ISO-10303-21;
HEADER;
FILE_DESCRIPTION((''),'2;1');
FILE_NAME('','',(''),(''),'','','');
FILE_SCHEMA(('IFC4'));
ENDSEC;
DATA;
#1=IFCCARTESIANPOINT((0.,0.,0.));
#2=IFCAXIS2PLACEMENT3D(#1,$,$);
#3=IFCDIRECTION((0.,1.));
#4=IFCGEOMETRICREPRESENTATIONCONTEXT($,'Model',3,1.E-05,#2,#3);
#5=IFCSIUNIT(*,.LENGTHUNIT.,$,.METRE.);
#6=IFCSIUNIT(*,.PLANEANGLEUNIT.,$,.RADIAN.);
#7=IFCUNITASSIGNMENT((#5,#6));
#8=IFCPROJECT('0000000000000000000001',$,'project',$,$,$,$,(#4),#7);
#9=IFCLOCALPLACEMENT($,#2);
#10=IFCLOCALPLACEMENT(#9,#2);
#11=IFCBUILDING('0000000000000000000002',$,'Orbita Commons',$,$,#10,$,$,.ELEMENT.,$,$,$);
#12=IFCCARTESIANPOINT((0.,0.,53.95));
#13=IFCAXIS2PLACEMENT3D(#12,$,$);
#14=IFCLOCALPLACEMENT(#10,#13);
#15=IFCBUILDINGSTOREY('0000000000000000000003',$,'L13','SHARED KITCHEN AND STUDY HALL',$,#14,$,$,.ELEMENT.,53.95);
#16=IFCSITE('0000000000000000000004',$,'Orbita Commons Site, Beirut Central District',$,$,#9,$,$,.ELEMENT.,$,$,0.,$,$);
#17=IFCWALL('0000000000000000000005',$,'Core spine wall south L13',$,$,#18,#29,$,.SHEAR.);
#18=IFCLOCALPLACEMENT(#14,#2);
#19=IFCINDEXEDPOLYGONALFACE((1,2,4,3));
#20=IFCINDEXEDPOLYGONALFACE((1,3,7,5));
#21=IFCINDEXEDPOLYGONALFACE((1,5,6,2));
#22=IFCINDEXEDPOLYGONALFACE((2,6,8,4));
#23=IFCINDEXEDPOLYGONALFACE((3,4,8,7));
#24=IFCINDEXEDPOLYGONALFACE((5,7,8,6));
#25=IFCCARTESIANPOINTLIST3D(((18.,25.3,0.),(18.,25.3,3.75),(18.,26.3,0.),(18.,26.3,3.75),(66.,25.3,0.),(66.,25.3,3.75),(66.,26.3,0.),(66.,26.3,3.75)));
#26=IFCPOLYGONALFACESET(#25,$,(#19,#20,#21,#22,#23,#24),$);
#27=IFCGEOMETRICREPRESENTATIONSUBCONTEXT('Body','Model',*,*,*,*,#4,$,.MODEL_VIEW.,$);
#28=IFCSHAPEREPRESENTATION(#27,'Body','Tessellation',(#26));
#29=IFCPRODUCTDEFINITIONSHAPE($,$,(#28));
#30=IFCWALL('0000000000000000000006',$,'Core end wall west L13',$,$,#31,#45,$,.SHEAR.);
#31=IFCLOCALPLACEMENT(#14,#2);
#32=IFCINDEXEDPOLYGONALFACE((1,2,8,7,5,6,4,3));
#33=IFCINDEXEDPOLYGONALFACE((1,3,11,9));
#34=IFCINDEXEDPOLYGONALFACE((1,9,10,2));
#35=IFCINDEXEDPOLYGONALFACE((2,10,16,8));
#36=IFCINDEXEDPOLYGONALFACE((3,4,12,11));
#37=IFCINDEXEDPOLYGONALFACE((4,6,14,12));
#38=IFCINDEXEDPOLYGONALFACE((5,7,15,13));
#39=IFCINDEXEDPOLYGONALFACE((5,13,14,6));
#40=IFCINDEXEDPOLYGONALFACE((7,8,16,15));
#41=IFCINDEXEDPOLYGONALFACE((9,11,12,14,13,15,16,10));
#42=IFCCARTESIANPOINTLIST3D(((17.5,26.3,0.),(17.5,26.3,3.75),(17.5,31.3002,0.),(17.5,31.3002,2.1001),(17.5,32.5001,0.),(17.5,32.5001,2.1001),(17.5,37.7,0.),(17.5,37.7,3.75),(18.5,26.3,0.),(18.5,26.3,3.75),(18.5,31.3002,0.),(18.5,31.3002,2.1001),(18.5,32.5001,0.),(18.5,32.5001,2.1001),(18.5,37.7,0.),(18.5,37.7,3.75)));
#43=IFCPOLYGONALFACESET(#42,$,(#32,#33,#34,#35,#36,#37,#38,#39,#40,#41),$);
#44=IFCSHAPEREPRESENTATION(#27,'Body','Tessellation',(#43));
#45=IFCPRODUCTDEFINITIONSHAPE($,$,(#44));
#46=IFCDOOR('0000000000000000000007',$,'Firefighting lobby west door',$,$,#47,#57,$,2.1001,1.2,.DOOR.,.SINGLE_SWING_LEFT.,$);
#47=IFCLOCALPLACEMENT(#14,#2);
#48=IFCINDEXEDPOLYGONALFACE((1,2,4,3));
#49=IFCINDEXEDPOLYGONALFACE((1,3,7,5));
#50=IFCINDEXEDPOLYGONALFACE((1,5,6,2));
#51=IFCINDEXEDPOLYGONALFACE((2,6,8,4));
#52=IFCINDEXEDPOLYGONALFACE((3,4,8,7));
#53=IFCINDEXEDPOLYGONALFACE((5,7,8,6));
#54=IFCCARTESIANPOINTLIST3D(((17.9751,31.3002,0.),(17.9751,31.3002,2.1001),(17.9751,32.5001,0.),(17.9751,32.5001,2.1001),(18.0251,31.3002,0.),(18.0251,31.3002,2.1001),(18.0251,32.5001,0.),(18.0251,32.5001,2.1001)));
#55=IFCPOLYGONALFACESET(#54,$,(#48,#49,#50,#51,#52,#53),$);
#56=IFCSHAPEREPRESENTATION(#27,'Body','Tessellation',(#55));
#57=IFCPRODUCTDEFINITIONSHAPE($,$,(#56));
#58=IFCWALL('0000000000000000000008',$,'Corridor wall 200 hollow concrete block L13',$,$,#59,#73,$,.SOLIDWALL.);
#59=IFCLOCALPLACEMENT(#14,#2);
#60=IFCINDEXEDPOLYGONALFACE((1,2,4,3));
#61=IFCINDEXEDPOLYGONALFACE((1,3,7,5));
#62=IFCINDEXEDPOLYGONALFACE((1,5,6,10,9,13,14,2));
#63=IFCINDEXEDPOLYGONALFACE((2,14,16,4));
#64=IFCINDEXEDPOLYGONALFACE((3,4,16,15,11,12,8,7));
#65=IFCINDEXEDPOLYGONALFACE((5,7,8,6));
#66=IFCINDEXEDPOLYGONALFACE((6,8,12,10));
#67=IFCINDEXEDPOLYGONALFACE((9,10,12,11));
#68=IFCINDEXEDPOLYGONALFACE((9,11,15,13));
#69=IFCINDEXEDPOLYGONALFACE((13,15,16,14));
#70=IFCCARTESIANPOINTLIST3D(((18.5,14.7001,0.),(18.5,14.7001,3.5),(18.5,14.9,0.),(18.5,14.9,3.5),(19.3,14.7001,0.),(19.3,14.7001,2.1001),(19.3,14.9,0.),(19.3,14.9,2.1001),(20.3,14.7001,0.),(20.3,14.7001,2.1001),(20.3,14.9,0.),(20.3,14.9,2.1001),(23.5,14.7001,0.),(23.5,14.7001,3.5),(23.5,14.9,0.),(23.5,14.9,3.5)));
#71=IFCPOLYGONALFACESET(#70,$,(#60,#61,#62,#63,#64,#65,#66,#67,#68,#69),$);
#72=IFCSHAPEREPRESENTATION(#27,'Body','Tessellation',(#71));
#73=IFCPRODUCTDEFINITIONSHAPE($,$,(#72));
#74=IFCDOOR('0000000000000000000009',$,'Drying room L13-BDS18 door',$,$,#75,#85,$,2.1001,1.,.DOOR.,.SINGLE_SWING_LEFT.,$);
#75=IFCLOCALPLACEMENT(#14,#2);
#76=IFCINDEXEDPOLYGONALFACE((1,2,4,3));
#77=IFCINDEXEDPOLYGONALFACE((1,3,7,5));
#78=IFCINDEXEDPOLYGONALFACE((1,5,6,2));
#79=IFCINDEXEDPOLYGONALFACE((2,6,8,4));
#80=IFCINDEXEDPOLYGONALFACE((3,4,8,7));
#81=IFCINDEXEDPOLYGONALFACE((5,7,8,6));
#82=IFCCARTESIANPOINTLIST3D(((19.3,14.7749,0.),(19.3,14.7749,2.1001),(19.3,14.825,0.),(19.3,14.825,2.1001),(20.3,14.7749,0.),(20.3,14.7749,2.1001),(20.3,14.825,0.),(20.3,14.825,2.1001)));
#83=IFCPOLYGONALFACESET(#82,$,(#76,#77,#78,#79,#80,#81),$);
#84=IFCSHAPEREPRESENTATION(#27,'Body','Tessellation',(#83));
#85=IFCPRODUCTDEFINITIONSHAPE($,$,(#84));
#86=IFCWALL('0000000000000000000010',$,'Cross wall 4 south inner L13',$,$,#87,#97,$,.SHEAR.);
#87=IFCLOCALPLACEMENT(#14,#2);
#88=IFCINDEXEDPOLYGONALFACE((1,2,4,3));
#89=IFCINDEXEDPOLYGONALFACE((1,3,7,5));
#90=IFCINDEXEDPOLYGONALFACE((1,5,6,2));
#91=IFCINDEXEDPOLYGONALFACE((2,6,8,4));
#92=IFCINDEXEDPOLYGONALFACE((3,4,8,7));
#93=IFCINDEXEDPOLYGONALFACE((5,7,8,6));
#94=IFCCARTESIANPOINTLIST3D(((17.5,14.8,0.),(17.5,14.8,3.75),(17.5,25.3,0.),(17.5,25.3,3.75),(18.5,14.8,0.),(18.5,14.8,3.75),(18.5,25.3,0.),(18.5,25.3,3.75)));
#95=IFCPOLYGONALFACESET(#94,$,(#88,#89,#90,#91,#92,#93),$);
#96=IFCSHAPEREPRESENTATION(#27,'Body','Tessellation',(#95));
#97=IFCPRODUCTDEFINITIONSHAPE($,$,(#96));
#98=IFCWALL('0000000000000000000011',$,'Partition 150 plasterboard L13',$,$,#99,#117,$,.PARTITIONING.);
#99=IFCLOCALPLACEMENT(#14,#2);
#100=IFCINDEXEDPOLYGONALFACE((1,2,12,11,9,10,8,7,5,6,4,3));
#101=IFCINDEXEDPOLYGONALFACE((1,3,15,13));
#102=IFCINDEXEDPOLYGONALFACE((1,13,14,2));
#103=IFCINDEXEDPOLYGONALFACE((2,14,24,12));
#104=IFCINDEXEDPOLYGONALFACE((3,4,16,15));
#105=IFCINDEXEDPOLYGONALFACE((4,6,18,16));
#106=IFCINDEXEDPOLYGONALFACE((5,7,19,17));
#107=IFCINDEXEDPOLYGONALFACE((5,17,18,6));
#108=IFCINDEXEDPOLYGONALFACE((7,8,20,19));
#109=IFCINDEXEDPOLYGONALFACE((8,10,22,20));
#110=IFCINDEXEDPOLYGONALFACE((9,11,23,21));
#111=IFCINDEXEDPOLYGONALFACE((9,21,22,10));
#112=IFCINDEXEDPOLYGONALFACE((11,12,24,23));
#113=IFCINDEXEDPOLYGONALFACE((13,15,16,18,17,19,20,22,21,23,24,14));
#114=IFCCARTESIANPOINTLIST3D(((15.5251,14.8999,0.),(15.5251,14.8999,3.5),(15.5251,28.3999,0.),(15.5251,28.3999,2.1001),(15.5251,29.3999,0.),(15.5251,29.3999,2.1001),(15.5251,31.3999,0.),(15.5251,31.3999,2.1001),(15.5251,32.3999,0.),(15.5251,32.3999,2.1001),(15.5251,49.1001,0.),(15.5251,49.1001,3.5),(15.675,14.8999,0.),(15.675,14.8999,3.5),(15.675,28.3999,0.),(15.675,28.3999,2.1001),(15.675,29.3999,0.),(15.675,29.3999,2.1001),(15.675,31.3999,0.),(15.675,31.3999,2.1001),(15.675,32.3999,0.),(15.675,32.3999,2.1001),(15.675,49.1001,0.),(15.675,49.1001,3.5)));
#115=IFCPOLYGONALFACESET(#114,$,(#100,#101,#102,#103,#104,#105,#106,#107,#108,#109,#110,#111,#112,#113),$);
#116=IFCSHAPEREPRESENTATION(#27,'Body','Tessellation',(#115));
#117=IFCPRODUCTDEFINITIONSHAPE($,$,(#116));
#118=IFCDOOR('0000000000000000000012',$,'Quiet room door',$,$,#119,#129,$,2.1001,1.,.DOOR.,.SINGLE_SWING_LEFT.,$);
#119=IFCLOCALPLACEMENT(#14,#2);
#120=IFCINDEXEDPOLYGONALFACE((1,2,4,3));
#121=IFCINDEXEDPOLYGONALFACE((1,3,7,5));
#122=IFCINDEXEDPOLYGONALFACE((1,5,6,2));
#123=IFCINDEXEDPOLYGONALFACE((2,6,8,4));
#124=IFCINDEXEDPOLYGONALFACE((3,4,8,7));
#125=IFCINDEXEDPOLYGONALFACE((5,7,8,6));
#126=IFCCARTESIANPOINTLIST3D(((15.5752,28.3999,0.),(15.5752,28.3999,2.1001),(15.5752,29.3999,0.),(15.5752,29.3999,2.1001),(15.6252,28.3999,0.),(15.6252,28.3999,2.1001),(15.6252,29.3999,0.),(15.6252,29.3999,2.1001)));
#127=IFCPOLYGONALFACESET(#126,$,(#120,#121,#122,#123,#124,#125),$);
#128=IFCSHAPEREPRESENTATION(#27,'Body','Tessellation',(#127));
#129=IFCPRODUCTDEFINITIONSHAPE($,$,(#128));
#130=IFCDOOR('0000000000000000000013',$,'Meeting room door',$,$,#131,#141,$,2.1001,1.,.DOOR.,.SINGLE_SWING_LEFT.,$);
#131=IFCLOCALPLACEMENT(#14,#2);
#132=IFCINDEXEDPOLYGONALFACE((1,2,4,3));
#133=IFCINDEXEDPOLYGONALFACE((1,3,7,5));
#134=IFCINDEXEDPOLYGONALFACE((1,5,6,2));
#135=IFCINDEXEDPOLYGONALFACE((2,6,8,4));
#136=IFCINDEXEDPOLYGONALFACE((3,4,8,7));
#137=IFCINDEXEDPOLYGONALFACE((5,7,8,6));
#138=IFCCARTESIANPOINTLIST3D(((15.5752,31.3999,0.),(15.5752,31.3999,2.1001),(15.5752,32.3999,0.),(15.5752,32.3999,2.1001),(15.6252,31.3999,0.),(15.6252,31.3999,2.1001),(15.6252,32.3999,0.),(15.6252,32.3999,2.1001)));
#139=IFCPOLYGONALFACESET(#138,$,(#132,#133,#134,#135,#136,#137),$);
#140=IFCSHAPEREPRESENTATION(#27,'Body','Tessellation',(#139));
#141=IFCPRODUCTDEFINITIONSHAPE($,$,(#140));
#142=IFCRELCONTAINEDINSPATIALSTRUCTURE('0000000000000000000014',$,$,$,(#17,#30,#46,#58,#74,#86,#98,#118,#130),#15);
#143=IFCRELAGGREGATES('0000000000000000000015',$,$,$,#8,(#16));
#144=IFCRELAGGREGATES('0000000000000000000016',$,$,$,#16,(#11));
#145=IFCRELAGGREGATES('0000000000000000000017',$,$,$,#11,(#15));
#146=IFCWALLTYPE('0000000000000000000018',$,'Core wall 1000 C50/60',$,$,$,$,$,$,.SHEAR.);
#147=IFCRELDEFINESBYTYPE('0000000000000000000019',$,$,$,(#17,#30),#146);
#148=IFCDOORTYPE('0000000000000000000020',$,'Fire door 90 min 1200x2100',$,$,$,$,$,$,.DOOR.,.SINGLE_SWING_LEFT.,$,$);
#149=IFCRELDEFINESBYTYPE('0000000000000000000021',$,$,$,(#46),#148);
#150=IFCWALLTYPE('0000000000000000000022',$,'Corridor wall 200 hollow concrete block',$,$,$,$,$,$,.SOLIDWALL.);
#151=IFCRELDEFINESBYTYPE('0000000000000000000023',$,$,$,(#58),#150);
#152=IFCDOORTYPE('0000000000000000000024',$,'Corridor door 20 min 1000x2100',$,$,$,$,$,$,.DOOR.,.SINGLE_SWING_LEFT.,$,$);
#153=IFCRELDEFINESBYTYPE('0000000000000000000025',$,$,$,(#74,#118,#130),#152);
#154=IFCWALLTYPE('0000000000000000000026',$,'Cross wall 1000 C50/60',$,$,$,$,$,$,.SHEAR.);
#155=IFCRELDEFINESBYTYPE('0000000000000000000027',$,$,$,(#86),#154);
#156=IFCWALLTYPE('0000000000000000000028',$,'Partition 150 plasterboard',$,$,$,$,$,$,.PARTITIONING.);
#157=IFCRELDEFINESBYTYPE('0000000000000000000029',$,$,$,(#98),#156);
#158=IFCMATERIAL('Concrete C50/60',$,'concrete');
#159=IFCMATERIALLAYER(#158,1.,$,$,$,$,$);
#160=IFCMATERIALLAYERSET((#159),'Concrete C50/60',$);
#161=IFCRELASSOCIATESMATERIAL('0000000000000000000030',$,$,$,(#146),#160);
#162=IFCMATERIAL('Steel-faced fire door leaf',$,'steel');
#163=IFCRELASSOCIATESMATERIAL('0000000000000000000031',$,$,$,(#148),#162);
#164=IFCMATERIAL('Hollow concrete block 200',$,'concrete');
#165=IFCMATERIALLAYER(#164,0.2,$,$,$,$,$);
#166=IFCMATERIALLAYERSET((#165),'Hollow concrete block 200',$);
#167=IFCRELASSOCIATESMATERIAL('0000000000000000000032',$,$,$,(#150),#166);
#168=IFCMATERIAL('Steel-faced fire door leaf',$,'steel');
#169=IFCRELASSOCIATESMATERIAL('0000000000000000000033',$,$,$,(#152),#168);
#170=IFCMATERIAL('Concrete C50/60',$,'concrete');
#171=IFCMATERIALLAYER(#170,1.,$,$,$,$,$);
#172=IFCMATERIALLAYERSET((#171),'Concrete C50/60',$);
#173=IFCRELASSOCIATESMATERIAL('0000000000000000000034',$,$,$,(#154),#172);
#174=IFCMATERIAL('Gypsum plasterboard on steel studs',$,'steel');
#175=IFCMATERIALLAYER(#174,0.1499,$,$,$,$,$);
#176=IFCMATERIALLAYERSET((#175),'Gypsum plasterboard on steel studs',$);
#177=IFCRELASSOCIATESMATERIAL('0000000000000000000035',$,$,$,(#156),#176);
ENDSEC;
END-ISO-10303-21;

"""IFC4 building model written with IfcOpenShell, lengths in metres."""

from ifc_helpers import new_model, si_unit, direction, frame, frame_2d, origin, place, context, subcontext, project, spatial, rectangle, extrude, material, layer, layer_set, type_object, element, fill, save


model = new_model("IFC4")

# Units and contexts
model_context = context("Model", 3, precision=1e-05, world=origin(), true_north=direction((0.0, 1.0)))
body_context = subcontext(model_context, "Body", "Model", "MODEL_VIEW")
ifc_project = project(units=[si_unit("LENGTHUNIT", "METRE"), si_unit("PLANEANGLEUNIT", "RADIAN")], contexts=[model_context])

# Site, building, storey
site_placement = place(None, origin())
site = spatial("IfcSite", under=ifc_project, at=site_placement, Name="Orbita Commons Site, Beirut Central District", CompositionType="ELEMENT", RefElevation=0.0)
building_placement = place(site_placement, origin())
building = spatial("IfcBuilding", under=site, at=building_placement, Name="Orbita Commons", CompositionType="ELEMENT")
storey_placement = place(building_placement, frame((0.0, 0.0, 53.95)))
storey = spatial("IfcBuildingStorey", under=building, at=storey_placement, Name="L13", Description="SHARED KITCHEN AND STUDY HALL", CompositionType="ELEMENT", Elevation=53.95)

# Wall
ifc_material_1 = material(Name="Concrete C50/60", Category="concrete")
ifc_layer_1 = layer(ifc_material_1, 1.0)
ifc_layer_set_1 = layer_set([ifc_layer_1], Name="Concrete C50/60")
wall_type_1 = type_object("IfcWallType", Name="Core wall 1000 C50/60", PredefinedType="SHEAR", material=ifc_layer_set_1)
wall_1_placement = place(storey_placement, frame((18.0, 25.8, 0.0), z_axis=(0.0, 0.0, 1.0), x_axis=(1.0, 0.0, 0.0)))
element("IfcWall", 1, at=wall_1_placement, inside=storey, type_object=wall_type_1, Name="Core spine wall south L13", PredefinedType="SHEAR", context=body_context, shape_type="SweptSolid", body=[
    extrude(rectangle(XDim=48.0, YDim=1.0, at=frame_2d((24.0, 0.0))), origin(), (0.0, 0.0, 1.0), 3.75),
])

# Walls, openings, doors
wall_2_placement = place(storey_placement, frame((18.0, 26.3, 0.0), z_axis=(0.0, 0.0, 1.0), x_axis=(0.0, 1.0, 0.0)))
wall_2 = element("IfcWall", 2, at=wall_2_placement, inside=storey, type_object=wall_type_1, Name="Core end wall west L13", PredefinedType="SHEAR", context=body_context, shape_type="SweptSolid", body=[
    extrude(rectangle(XDim=11.3999, YDim=1.0, at=frame_2d((5.7, 0.0))), origin(), (0.0, 0.0, 1.0), 3.75),
])
opening_1_placement = place(wall_2_placement, frame((5.0, 0.0, 0.0)))
opening_1 = element("IfcOpeningElement", 3, at=opening_1_placement, cuts=wall_2, PredefinedType="OPENING", context=body_context, shape_type="SweptSolid", body=[
    extrude(rectangle(XDim=1.2, YDim=2.1001, at=frame_2d((0.6001, 1.05))), frame((0.0, 0.51, 0.0), z_axis=(0.0, -1.0, 0.0), x_axis=(1.0, 0.0, 0.0)), (0.0, 0.0, 1.0), 1.02),
])
ifc_material_2 = material(Name="Steel-faced fire door leaf", Category="steel")
door_type_1 = type_object("IfcDoorType", Name="Fire door 90 min 1200x2100", OperationType="SINGLE_SWING_LEFT", PredefinedType="DOOR", material=ifc_material_2)
door_1_placement = place(opening_1_placement, origin())
door_1 = element("IfcDoor", 4, at=door_1_placement, inside=storey, type_object=door_type_1, Name="Firefighting lobby west door", OperationType="SINGLE_SWING_LEFT", OverallHeight=2.1001, OverallWidth=1.2, PredefinedType="DOOR", context=body_context, shape_type="SweptSolid", body=[
    extrude(rectangle(XDim=1.2, YDim=2.1001, at=frame_2d((0.6001, 1.05))), frame((0.0, 0.0249, 0.0), z_axis=(0.0, -1.0, 0.0), x_axis=(1.0, 0.0, 0.0)), (0.0, 0.0, 1.0), 0.05),
])
fill(opening_1, door_1)
ifc_material_3 = material(Name="Hollow concrete block 200", Category="concrete")
ifc_layer_2 = layer(ifc_material_3, 0.2)
ifc_layer_set_2 = layer_set([ifc_layer_2], Name="Hollow concrete block 200")
wall_type_2 = type_object("IfcWallType", Name="Corridor wall 200 hollow concrete block", PredefinedType="SOLIDWALL", material=ifc_layer_set_2)
wall_3_placement = place(storey_placement, frame((18.5, 14.8, 0.0), z_axis=(0.0, 0.0, 1.0), x_axis=(1.0, 0.0, 0.0)))
wall_3 = element("IfcWall", 5, at=wall_3_placement, inside=storey, type_object=wall_type_2, Name="Corridor wall 200 hollow concrete block L13", PredefinedType="SOLIDWALL", context=body_context, shape_type="SweptSolid", body=[
    extrude(rectangle(XDim=5.0, YDim=0.2, at=frame_2d((2.5, 0.0))), origin(), (0.0, 0.0, 1.0), 3.5),
])
opening_2_placement = place(wall_3_placement, frame((0.8, 0.0, 0.0)))
opening_2 = element("IfcOpeningElement", 6, at=opening_2_placement, cuts=wall_3, PredefinedType="OPENING", context=body_context, shape_type="SweptSolid", body=[
    extrude(rectangle(XDim=1.0, YDim=2.1001, at=frame_2d((0.5, 1.05))), frame((0.0, 0.1099, 0.0), z_axis=(0.0, -1.0, 0.0), x_axis=(1.0, 0.0, 0.0)), (0.0, 0.0, 1.0), 0.22),
])
ifc_material_4 = material(Name="Steel-faced fire door leaf", Category="steel")
door_type_2 = type_object("IfcDoorType", Name="Corridor door 20 min 1000x2100", OperationType="SINGLE_SWING_LEFT", PredefinedType="DOOR", material=ifc_material_4)
door_2_placement = place(opening_2_placement, origin())
door_2 = element("IfcDoor", 7, at=door_2_placement, inside=storey, type_object=door_type_2, Name="Drying room L13-BDS18 door", OperationType="SINGLE_SWING_LEFT", OverallHeight=2.1001, OverallWidth=1.0, PredefinedType="DOOR", context=body_context, shape_type="SweptSolid", body=[
    extrude(rectangle(XDim=1.0, YDim=2.1001, at=frame_2d((0.5, 1.05))), frame((0.0, 0.0249, 0.0), z_axis=(0.0, -1.0, 0.0), x_axis=(1.0, 0.0, 0.0)), (0.0, 0.0, 1.0), 0.05),
])
fill(opening_2, door_2)

# Wall
ifc_material_5 = material(Name="Concrete C50/60", Category="concrete")
ifc_layer_3 = layer(ifc_material_5, 1.0)
ifc_layer_set_3 = layer_set([ifc_layer_3], Name="Concrete C50/60")
wall_type_3 = type_object("IfcWallType", Name="Cross wall 1000 C50/60", PredefinedType="SHEAR", material=ifc_layer_set_3)
wall_4_placement = place(storey_placement, frame((18.0, 14.8, 0.0), z_axis=(0.0, 0.0, 1.0), x_axis=(0.0, 1.0, 0.0)))
element("IfcWall", 8, at=wall_4_placement, inside=storey, type_object=wall_type_3, Name="Cross wall 4 south inner L13", PredefinedType="SHEAR", context=body_context, shape_type="SweptSolid", body=[
    extrude(rectangle(XDim=10.5, YDim=1.0, at=frame_2d((5.25, 0.0))), origin(), (0.0, 0.0, 1.0), 3.75),
])

# Wall, openings, doors
ifc_material_6 = material(Name="Gypsum plasterboard on steel studs", Category="steel")
ifc_layer_4 = layer(ifc_material_6, 0.1499)
ifc_layer_set_4 = layer_set([ifc_layer_4], Name="Gypsum plasterboard on steel studs")
wall_type_4 = type_object("IfcWallType", Name="Partition 150 plasterboard", PredefinedType="PARTITIONING", material=ifc_layer_set_4)
wall_5_placement = place(storey_placement, frame((15.6001, 14.8999, 0.0), z_axis=(0.0, 0.0, 1.0), x_axis=(0.0, 1.0, 0.0)))
wall_5 = element("IfcWall", 9, at=wall_5_placement, inside=storey, type_object=wall_type_4, Name="Partition 150 plasterboard L13", PredefinedType="PARTITIONING", context=body_context, shape_type="SweptSolid", body=[
    extrude(rectangle(XDim=34.2002, YDim=0.1499, at=frame_2d((17.1001, 0.0))), origin(), (0.0, 0.0, 1.0), 3.5),
])
opening_3_placement = place(wall_5_placement, frame((13.5, 0.0, 0.0)))
opening_3 = element("IfcOpeningElement", 10, at=opening_3_placement, cuts=wall_5, PredefinedType="OPENING", context=body_context, shape_type="SweptSolid", body=[
    extrude(rectangle(XDim=1.0, YDim=2.1001, at=frame_2d((0.5, 1.05))), frame((0.0, 0.085, 0.0), z_axis=(0.0, -1.0, 0.0), x_axis=(1.0, 0.0, 0.0)), (0.0, 0.0, 1.0), 0.1699),
])
opening_4_placement = place(wall_5_placement, frame((16.5, 0.0, 0.0)))
opening_4 = element("IfcOpeningElement", 11, at=opening_4_placement, cuts=wall_5, PredefinedType="OPENING", context=body_context, shape_type="SweptSolid", body=[
    extrude(rectangle(XDim=1.0, YDim=2.1001, at=frame_2d((0.5, 1.05))), frame((0.0, 0.085, 0.0), z_axis=(0.0, -1.0, 0.0), x_axis=(1.0, 0.0, 0.0)), (0.0, 0.0, 1.0), 0.1699),
])
door_3_placement = place(opening_3_placement, origin())
door_3 = element("IfcDoor", 12, at=door_3_placement, inside=storey, type_object=door_type_2, Name="Quiet room door", OperationType="SINGLE_SWING_LEFT", OverallHeight=2.1001, OverallWidth=1.0, PredefinedType="DOOR", context=body_context, shape_type="SweptSolid", body=[
    extrude(rectangle(XDim=1.0, YDim=2.1001, at=frame_2d((0.5, 1.05))), frame((0.0, 0.0249, 0.0), z_axis=(0.0, -1.0, 0.0), x_axis=(1.0, 0.0, 0.0)), (0.0, 0.0, 1.0), 0.05),
])
fill(opening_3, door_3)
door_4_placement = place(opening_4_placement, origin())
door_4 = element("IfcDoor", 13, at=door_4_placement, inside=storey, type_object=door_type_2, Name="Meeting room door", OperationType="SINGLE_SWING_LEFT", OverallHeight=2.1001, OverallWidth=1.0, PredefinedType="DOOR", context=body_context, shape_type="SweptSolid", body=[
    extrude(rectangle(XDim=1.0, YDim=2.1001, at=frame_2d((0.5, 1.05))), frame((0.0, 0.0249, 0.0), z_axis=(0.0, -1.0, 0.0), x_axis=(1.0, 0.0, 0.0)), (0.0, 0.0, 1.0), 0.05),
])
fill(opening_4, door_4)

save(model, "model.ifc")
